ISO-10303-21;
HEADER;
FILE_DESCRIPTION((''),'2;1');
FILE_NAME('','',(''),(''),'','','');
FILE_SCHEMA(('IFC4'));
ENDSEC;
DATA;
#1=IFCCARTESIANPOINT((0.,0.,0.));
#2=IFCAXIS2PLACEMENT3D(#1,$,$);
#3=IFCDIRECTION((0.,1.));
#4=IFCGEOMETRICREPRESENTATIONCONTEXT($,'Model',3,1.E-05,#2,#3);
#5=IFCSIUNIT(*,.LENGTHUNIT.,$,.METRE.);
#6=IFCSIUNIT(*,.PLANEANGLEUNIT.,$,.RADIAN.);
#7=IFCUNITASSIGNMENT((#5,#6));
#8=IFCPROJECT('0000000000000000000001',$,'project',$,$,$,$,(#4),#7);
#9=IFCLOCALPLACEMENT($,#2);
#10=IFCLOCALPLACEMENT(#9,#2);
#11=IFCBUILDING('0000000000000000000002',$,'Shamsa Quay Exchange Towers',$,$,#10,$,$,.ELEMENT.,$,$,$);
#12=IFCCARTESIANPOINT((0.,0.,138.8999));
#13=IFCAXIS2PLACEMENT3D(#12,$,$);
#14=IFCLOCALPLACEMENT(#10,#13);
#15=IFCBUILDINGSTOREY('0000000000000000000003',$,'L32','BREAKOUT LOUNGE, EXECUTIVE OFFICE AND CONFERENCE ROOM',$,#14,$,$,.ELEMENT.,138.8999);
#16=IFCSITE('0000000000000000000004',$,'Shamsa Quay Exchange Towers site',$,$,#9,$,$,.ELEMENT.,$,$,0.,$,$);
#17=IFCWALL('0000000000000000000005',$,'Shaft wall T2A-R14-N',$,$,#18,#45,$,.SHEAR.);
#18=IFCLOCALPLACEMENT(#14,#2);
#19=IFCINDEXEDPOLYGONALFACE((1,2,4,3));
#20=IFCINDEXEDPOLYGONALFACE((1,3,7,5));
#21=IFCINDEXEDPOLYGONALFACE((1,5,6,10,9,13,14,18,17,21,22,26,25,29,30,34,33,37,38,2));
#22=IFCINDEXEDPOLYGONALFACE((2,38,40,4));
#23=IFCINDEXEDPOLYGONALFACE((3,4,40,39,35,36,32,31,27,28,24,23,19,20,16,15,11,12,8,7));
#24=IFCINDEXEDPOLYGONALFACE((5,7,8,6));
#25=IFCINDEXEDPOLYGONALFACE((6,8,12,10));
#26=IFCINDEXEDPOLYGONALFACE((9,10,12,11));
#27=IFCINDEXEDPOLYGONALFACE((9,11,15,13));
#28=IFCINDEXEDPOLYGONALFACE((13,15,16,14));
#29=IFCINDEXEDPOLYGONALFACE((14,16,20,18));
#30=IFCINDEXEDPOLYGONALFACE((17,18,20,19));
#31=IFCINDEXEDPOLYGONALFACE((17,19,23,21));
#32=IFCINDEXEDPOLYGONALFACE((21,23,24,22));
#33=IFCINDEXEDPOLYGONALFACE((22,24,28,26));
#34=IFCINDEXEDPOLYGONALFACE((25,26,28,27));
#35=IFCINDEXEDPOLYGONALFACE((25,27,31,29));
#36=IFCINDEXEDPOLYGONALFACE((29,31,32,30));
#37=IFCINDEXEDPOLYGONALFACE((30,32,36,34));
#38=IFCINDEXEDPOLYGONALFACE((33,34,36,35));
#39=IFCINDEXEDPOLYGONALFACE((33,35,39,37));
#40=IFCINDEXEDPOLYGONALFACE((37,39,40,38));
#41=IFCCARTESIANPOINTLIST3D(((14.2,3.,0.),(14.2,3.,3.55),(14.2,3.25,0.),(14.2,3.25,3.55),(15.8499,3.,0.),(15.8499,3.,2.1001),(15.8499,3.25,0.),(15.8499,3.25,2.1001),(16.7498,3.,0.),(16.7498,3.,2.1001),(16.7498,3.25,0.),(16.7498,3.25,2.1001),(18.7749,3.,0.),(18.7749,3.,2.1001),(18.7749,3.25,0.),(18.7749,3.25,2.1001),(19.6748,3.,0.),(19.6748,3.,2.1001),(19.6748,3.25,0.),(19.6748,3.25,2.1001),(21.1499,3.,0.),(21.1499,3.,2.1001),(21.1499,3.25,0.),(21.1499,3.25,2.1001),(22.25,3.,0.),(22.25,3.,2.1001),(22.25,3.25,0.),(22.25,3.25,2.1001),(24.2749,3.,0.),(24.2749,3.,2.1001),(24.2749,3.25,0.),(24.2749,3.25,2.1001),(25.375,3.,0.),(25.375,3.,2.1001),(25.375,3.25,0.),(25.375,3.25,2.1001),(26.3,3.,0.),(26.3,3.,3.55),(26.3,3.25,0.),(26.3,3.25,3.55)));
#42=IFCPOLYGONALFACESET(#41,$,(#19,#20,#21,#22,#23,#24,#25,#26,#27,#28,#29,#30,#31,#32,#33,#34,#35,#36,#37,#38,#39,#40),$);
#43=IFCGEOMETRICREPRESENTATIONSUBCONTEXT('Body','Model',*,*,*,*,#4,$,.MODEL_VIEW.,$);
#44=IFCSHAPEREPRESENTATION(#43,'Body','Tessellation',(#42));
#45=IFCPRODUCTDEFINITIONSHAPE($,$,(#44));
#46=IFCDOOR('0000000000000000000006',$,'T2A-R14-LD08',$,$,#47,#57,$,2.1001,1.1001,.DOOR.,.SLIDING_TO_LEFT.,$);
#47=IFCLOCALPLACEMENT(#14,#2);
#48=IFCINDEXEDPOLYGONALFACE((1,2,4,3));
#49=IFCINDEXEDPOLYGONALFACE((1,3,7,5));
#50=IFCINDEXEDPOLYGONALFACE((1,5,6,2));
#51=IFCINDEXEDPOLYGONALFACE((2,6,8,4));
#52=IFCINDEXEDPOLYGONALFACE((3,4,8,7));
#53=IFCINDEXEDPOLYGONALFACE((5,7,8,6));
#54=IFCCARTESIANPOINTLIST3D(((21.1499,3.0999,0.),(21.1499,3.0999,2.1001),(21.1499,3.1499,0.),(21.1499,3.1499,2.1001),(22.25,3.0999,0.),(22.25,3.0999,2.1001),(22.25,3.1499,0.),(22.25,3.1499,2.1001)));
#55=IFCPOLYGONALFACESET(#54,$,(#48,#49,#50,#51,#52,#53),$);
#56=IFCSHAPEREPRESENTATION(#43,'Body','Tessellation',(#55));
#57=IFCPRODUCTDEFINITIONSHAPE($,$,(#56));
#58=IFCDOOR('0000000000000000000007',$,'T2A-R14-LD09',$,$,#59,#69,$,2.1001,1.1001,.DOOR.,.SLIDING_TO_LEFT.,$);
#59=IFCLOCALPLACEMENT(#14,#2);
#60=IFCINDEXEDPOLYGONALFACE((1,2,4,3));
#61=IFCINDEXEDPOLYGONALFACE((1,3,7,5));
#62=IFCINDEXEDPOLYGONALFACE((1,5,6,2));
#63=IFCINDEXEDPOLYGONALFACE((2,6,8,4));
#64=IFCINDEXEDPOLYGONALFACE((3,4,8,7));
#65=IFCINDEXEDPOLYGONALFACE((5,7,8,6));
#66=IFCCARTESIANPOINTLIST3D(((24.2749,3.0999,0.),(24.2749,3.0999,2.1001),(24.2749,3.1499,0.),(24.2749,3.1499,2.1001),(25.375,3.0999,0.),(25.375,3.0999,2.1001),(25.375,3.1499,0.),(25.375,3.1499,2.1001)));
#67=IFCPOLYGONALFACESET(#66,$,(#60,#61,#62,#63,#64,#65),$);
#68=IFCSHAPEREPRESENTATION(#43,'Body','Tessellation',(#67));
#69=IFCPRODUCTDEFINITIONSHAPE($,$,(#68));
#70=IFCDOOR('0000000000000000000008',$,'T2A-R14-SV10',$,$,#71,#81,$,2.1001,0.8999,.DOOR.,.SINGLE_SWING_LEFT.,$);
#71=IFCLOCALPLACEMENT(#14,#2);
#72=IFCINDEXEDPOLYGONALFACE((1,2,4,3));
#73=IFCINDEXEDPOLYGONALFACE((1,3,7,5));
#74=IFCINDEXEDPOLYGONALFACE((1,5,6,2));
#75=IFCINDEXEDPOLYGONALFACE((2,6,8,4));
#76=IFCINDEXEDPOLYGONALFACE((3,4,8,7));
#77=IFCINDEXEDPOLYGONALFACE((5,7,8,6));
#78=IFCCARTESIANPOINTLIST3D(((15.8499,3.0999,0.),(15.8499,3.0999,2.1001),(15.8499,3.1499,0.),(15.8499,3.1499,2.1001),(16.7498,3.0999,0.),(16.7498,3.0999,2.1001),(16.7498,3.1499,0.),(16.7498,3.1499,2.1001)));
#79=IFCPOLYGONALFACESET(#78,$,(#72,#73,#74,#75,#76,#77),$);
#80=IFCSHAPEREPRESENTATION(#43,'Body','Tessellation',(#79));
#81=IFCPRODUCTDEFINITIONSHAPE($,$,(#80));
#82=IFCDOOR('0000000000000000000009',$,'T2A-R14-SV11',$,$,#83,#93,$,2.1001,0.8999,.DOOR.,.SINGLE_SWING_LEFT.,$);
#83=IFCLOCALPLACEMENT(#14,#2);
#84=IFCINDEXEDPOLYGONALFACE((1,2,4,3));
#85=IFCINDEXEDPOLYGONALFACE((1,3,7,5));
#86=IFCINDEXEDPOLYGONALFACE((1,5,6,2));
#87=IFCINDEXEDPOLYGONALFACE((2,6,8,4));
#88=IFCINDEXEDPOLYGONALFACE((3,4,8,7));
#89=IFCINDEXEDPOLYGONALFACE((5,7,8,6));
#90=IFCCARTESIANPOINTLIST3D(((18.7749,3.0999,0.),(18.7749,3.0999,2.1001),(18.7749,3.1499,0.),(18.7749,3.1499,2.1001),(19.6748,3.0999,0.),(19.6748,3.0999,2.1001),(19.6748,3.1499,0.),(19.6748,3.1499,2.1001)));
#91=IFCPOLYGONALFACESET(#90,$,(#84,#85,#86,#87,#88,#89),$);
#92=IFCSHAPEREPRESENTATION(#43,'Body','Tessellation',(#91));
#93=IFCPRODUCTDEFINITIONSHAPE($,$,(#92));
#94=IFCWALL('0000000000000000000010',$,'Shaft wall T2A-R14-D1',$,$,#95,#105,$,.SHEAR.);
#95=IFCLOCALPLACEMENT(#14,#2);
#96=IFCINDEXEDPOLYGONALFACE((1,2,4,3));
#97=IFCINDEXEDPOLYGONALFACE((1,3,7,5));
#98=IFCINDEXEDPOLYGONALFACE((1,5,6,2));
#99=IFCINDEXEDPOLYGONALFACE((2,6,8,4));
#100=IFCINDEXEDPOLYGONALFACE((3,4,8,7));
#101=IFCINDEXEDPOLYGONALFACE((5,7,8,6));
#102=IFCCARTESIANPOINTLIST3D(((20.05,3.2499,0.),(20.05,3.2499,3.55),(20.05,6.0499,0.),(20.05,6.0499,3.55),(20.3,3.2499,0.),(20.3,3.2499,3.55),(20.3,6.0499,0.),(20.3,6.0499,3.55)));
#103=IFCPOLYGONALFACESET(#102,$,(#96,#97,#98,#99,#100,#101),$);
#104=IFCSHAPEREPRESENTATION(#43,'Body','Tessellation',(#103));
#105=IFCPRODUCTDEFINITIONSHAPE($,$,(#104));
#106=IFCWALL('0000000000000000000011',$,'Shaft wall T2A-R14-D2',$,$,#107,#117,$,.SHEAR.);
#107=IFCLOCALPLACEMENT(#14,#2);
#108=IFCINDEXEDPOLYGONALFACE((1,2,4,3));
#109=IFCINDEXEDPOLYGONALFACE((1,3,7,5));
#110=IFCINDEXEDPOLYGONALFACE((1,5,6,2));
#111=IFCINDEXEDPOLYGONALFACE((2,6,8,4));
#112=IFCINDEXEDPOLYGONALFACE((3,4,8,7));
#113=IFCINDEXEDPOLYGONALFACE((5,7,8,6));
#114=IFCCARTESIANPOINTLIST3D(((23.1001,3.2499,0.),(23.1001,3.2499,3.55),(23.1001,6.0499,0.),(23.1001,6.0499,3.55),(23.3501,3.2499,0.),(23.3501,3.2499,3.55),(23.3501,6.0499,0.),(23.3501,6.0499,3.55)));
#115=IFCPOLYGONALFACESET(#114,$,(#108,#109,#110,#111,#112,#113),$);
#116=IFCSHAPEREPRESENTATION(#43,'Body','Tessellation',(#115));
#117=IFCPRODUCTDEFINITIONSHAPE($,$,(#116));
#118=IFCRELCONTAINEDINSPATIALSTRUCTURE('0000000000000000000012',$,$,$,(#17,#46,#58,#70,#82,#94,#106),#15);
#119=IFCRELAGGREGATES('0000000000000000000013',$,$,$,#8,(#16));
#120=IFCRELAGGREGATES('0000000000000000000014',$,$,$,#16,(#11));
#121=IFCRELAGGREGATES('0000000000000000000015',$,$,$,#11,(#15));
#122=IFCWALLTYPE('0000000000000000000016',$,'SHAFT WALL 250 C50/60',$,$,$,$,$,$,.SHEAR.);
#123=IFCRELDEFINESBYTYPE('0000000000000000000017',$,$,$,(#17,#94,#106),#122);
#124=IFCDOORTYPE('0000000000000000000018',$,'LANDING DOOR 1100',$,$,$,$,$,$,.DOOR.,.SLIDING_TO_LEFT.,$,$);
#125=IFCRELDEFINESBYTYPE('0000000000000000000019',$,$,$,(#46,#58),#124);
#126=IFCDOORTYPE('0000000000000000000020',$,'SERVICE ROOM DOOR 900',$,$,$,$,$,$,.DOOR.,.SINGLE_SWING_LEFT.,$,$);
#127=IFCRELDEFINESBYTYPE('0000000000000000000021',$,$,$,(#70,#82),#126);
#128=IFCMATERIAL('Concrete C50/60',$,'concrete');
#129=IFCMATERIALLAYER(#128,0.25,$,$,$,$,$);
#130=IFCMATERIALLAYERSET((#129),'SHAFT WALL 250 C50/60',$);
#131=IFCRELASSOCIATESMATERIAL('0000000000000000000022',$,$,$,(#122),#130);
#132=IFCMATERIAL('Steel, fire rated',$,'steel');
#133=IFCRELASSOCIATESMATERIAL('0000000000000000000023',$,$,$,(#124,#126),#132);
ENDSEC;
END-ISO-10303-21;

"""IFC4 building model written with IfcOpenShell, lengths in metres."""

from ifc_helpers import new_model, si_unit, direction, frame, frame_2d, origin, place, context, subcontext, project, spatial, rectangle, extrude, material, layer, layer_set, type_object, element, fill, save


model = new_model("IFC4")

# Units and contexts
model_context = context("Model", 3, precision=1e-05, world=origin(), true_north=direction((0.0, 1.0)))
body_context = subcontext(model_context, "Body", "Model", "MODEL_VIEW")
ifc_project = project(units=[si_unit("LENGTHUNIT", "METRE"), si_unit("PLANEANGLEUNIT", "RADIAN")], contexts=[model_context])

# Site, building, storey
site_placement = place(None, origin())
site = spatial("IfcSite", under=ifc_project, at=site_placement, Name="Shamsa Quay Exchange Towers site", CompositionType="ELEMENT", RefElevation=0.0)
building_placement = place(site_placement, origin())
building = spatial("IfcBuilding", under=site, at=building_placement, Name="Shamsa Quay Exchange Towers", CompositionType="ELEMENT")
storey_placement = place(building_placement, frame((0.0, 0.0, 138.8999)))
storey = spatial("IfcBuildingStorey", under=building, at=storey_placement, Name="L32", Description="BREAKOUT LOUNGE, EXECUTIVE OFFICE AND CONFERENCE ROOM", CompositionType="ELEMENT", Elevation=138.8999)

# Shared definitions
ifc_material_1 = material(Name="Steel, fire rated", Category="steel")

# Wall, openings, doors
ifc_material_2 = material(Name="Concrete C50/60", Category="concrete")
ifc_layer_1 = layer(ifc_material_2, 0.25)
ifc_layer_set_1 = layer_set([ifc_layer_1], Name="SHAFT WALL 250 C50/60")
wall_type_1 = type_object("IfcWallType", Name="SHAFT WALL 250 C50/60", PredefinedType="SHEAR", material=ifc_layer_set_1)
wall_1_placement = place(storey_placement, frame((14.2, 3.125, 0.0)))
wall_1 = element("IfcWall", 1, at=wall_1_placement, inside=storey, type_object=wall_type_1, Name="Shaft wall T2A-R14-N", PredefinedType="SHEAR", context=body_context, shape_type="SweptSolid", body=[
    extrude(rectangle(XDim=12.1001, YDim=0.25, at=frame_2d((6.05, 0.0))), origin(), (0.0, 0.0, 1.0), 3.55),
])
opening_1_placement = place(wall_1_placement, frame((6.95, 0.0, 0.0)))
opening_1 = element("IfcOpeningElement", 2, at=opening_1_placement, cuts=wall_1, PredefinedType="OPENING", context=body_context, shape_type="SweptSolid", body=[
    extrude(rectangle(XDim=1.1001, YDim=2.1001, at=frame_2d((0.55, 1.05))), frame((0.0, 0.135, 0.0), z_axis=(0.0, -1.0, 0.0), x_axis=(1.0, 0.0, 0.0)), (0.0, 0.0, 1.0), 0.27),
])
opening_2_placement = place(wall_1_placement, frame((10.075, 0.0, 0.0)))
opening_2 = element("IfcOpeningElement", 3, at=opening_2_placement, cuts=wall_1, PredefinedType="OPENING", context=body_context, shape_type="SweptSolid", body=[
    extrude(rectangle(XDim=1.1001, YDim=2.1001, at=frame_2d((0.55, 1.05))), frame((0.0, 0.135, 0.0), z_axis=(0.0, -1.0, 0.0), x_axis=(1.0, 0.0, 0.0)), (0.0, 0.0, 1.0), 0.27),
])
opening_3_placement = place(wall_1_placement, frame((1.6499, 0.0, 0.0)))
opening_3 = element("IfcOpeningElement", 4, at=opening_3_placement, cuts=wall_1, PredefinedType="OPENING", context=body_context, shape_type="SweptSolid", body=[
    extrude(rectangle(XDim=0.8999, YDim=2.1001, at=frame_2d((0.45, 1.05))), frame((0.0, 0.135, 0.0), z_axis=(0.0, -1.0, 0.0), x_axis=(1.0, 0.0, 0.0)), (0.0, 0.0, 1.0), 0.27),
])
opening_4_placement = place(wall_1_placement, frame((4.575, 0.0, 0.0)))
opening_4 = element("IfcOpeningElement", 5, at=opening_4_placement, cuts=wall_1, PredefinedType="OPENING", context=body_context, shape_type="SweptSolid", body=[
    extrude(rectangle(XDim=0.8999, YDim=2.1001, at=frame_2d((0.45, 1.05))), frame((0.0, 0.135, 0.0), z_axis=(0.0, -1.0, 0.0), x_axis=(1.0, 0.0, 0.0)), (0.0, 0.0, 1.0), 0.27),
])
door_type_1 = type_object("IfcDoorType", Name="LANDING DOOR 1100", OperationType="SLIDING_TO_LEFT", PredefinedType="DOOR", material=ifc_material_1)
door_1_placement = place(opening_1_placement, origin())
door_1 = element("IfcDoor", 6, at=door_1_placement, inside=storey, type_object=door_type_1, Name="T2A-R14-LD08", OperationType="SLIDING_TO_LEFT", OverallHeight=2.1001, OverallWidth=1.1001, PredefinedType="DOOR", context=body_context, shape_type="SweptSolid", body=[
    extrude(rectangle(XDim=1.1001, YDim=2.1001, at=frame_2d((0.55, 1.05))), frame((0.0, 0.0249, 0.0), z_axis=(0.0, -1.0, 0.0), x_axis=(1.0, 0.0, 0.0)), (0.0, 0.0, 1.0), 0.05),
])
fill(opening_1, door_1)
door_2_placement = place(opening_2_placement, origin())
door_2 = element("IfcDoor", 7, at=door_2_placement, inside=storey, type_object=door_type_1, Name="T2A-R14-LD09", OperationType="SLIDING_TO_LEFT", OverallHeight=2.1001, OverallWidth=1.1001, PredefinedType="DOOR", context=body_context, shape_type="SweptSolid", body=[
    extrude(rectangle(XDim=1.1001, YDim=2.1001, at=frame_2d((0.55, 1.05))), frame((0.0, 0.0249, 0.0), z_axis=(0.0, -1.0, 0.0), x_axis=(1.0, 0.0, 0.0)), (0.0, 0.0, 1.0), 0.05),
])
fill(opening_2, door_2)
door_type_2 = type_object("IfcDoorType", Name="SERVICE ROOM DOOR 900", OperationType="SINGLE_SWING_LEFT", PredefinedType="DOOR", material=ifc_material_1)
door_3_placement = place(opening_3_placement, origin())
door_3 = element("IfcDoor", 8, at=door_3_placement, inside=storey, type_object=door_type_2, Name="T2A-R14-SV10", OperationType="SINGLE_SWING_LEFT", OverallHeight=2.1001, OverallWidth=0.8999, PredefinedType="DOOR", context=body_context, shape_type="SweptSolid", body=[
    extrude(rectangle(XDim=0.8999, YDim=2.1001, at=frame_2d((0.45, 1.05))), frame((0.0, 0.0249, 0.0), z_axis=(0.0, -1.0, 0.0), x_axis=(1.0, 0.0, 0.0)), (0.0, 0.0, 1.0), 0.05),
])
fill(opening_3, door_3)
door_4_placement = place(opening_4_placement, origin())
door_4 = element("IfcDoor", 9, at=door_4_placement, inside=storey, type_object=door_type_2, Name="T2A-R14-SV11", OperationType="SINGLE_SWING_LEFT", OverallHeight=2.1001, OverallWidth=0.8999, PredefinedType="DOOR", context=body_context, shape_type="SweptSolid", body=[
    extrude(rectangle(XDim=0.8999, YDim=2.1001, at=frame_2d((0.45, 1.05))), frame((0.0, 0.0249, 0.0), z_axis=(0.0, -1.0, 0.0), x_axis=(1.0, 0.0, 0.0)), (0.0, 0.0, 1.0), 0.05),
])
fill(opening_4, door_4)

# Walls
for number, where, z_axis, x_axis, name in (
    (10, (20.175, 3.25, 0.0), (0.0, 0.0, 1.0), (0.0, 1.0, 0.0), "Shaft wall T2A-R14-D1"),
    (11, (23.2251, 3.25, 0.0), (0.0, 0.0, 1.0), (0.0, 1.0, 0.0), "Shaft wall T2A-R14-D2"),
):
    element("IfcWall", number, at=place(storey_placement, frame(where, z_axis=z_axis, x_axis=x_axis)), inside=storey, type_object=wall_type_1, Name=name, PredefinedType="SHEAR", context=body_context, shape_type="SweptSolid", body=[
        extrude(rectangle(XDim=2.8, YDim=0.25, at=frame_2d((1.3999, 0.0))), origin(), (0.0, 0.0, 1.0), 3.55),
    ])

save(model, "model.ifc")
